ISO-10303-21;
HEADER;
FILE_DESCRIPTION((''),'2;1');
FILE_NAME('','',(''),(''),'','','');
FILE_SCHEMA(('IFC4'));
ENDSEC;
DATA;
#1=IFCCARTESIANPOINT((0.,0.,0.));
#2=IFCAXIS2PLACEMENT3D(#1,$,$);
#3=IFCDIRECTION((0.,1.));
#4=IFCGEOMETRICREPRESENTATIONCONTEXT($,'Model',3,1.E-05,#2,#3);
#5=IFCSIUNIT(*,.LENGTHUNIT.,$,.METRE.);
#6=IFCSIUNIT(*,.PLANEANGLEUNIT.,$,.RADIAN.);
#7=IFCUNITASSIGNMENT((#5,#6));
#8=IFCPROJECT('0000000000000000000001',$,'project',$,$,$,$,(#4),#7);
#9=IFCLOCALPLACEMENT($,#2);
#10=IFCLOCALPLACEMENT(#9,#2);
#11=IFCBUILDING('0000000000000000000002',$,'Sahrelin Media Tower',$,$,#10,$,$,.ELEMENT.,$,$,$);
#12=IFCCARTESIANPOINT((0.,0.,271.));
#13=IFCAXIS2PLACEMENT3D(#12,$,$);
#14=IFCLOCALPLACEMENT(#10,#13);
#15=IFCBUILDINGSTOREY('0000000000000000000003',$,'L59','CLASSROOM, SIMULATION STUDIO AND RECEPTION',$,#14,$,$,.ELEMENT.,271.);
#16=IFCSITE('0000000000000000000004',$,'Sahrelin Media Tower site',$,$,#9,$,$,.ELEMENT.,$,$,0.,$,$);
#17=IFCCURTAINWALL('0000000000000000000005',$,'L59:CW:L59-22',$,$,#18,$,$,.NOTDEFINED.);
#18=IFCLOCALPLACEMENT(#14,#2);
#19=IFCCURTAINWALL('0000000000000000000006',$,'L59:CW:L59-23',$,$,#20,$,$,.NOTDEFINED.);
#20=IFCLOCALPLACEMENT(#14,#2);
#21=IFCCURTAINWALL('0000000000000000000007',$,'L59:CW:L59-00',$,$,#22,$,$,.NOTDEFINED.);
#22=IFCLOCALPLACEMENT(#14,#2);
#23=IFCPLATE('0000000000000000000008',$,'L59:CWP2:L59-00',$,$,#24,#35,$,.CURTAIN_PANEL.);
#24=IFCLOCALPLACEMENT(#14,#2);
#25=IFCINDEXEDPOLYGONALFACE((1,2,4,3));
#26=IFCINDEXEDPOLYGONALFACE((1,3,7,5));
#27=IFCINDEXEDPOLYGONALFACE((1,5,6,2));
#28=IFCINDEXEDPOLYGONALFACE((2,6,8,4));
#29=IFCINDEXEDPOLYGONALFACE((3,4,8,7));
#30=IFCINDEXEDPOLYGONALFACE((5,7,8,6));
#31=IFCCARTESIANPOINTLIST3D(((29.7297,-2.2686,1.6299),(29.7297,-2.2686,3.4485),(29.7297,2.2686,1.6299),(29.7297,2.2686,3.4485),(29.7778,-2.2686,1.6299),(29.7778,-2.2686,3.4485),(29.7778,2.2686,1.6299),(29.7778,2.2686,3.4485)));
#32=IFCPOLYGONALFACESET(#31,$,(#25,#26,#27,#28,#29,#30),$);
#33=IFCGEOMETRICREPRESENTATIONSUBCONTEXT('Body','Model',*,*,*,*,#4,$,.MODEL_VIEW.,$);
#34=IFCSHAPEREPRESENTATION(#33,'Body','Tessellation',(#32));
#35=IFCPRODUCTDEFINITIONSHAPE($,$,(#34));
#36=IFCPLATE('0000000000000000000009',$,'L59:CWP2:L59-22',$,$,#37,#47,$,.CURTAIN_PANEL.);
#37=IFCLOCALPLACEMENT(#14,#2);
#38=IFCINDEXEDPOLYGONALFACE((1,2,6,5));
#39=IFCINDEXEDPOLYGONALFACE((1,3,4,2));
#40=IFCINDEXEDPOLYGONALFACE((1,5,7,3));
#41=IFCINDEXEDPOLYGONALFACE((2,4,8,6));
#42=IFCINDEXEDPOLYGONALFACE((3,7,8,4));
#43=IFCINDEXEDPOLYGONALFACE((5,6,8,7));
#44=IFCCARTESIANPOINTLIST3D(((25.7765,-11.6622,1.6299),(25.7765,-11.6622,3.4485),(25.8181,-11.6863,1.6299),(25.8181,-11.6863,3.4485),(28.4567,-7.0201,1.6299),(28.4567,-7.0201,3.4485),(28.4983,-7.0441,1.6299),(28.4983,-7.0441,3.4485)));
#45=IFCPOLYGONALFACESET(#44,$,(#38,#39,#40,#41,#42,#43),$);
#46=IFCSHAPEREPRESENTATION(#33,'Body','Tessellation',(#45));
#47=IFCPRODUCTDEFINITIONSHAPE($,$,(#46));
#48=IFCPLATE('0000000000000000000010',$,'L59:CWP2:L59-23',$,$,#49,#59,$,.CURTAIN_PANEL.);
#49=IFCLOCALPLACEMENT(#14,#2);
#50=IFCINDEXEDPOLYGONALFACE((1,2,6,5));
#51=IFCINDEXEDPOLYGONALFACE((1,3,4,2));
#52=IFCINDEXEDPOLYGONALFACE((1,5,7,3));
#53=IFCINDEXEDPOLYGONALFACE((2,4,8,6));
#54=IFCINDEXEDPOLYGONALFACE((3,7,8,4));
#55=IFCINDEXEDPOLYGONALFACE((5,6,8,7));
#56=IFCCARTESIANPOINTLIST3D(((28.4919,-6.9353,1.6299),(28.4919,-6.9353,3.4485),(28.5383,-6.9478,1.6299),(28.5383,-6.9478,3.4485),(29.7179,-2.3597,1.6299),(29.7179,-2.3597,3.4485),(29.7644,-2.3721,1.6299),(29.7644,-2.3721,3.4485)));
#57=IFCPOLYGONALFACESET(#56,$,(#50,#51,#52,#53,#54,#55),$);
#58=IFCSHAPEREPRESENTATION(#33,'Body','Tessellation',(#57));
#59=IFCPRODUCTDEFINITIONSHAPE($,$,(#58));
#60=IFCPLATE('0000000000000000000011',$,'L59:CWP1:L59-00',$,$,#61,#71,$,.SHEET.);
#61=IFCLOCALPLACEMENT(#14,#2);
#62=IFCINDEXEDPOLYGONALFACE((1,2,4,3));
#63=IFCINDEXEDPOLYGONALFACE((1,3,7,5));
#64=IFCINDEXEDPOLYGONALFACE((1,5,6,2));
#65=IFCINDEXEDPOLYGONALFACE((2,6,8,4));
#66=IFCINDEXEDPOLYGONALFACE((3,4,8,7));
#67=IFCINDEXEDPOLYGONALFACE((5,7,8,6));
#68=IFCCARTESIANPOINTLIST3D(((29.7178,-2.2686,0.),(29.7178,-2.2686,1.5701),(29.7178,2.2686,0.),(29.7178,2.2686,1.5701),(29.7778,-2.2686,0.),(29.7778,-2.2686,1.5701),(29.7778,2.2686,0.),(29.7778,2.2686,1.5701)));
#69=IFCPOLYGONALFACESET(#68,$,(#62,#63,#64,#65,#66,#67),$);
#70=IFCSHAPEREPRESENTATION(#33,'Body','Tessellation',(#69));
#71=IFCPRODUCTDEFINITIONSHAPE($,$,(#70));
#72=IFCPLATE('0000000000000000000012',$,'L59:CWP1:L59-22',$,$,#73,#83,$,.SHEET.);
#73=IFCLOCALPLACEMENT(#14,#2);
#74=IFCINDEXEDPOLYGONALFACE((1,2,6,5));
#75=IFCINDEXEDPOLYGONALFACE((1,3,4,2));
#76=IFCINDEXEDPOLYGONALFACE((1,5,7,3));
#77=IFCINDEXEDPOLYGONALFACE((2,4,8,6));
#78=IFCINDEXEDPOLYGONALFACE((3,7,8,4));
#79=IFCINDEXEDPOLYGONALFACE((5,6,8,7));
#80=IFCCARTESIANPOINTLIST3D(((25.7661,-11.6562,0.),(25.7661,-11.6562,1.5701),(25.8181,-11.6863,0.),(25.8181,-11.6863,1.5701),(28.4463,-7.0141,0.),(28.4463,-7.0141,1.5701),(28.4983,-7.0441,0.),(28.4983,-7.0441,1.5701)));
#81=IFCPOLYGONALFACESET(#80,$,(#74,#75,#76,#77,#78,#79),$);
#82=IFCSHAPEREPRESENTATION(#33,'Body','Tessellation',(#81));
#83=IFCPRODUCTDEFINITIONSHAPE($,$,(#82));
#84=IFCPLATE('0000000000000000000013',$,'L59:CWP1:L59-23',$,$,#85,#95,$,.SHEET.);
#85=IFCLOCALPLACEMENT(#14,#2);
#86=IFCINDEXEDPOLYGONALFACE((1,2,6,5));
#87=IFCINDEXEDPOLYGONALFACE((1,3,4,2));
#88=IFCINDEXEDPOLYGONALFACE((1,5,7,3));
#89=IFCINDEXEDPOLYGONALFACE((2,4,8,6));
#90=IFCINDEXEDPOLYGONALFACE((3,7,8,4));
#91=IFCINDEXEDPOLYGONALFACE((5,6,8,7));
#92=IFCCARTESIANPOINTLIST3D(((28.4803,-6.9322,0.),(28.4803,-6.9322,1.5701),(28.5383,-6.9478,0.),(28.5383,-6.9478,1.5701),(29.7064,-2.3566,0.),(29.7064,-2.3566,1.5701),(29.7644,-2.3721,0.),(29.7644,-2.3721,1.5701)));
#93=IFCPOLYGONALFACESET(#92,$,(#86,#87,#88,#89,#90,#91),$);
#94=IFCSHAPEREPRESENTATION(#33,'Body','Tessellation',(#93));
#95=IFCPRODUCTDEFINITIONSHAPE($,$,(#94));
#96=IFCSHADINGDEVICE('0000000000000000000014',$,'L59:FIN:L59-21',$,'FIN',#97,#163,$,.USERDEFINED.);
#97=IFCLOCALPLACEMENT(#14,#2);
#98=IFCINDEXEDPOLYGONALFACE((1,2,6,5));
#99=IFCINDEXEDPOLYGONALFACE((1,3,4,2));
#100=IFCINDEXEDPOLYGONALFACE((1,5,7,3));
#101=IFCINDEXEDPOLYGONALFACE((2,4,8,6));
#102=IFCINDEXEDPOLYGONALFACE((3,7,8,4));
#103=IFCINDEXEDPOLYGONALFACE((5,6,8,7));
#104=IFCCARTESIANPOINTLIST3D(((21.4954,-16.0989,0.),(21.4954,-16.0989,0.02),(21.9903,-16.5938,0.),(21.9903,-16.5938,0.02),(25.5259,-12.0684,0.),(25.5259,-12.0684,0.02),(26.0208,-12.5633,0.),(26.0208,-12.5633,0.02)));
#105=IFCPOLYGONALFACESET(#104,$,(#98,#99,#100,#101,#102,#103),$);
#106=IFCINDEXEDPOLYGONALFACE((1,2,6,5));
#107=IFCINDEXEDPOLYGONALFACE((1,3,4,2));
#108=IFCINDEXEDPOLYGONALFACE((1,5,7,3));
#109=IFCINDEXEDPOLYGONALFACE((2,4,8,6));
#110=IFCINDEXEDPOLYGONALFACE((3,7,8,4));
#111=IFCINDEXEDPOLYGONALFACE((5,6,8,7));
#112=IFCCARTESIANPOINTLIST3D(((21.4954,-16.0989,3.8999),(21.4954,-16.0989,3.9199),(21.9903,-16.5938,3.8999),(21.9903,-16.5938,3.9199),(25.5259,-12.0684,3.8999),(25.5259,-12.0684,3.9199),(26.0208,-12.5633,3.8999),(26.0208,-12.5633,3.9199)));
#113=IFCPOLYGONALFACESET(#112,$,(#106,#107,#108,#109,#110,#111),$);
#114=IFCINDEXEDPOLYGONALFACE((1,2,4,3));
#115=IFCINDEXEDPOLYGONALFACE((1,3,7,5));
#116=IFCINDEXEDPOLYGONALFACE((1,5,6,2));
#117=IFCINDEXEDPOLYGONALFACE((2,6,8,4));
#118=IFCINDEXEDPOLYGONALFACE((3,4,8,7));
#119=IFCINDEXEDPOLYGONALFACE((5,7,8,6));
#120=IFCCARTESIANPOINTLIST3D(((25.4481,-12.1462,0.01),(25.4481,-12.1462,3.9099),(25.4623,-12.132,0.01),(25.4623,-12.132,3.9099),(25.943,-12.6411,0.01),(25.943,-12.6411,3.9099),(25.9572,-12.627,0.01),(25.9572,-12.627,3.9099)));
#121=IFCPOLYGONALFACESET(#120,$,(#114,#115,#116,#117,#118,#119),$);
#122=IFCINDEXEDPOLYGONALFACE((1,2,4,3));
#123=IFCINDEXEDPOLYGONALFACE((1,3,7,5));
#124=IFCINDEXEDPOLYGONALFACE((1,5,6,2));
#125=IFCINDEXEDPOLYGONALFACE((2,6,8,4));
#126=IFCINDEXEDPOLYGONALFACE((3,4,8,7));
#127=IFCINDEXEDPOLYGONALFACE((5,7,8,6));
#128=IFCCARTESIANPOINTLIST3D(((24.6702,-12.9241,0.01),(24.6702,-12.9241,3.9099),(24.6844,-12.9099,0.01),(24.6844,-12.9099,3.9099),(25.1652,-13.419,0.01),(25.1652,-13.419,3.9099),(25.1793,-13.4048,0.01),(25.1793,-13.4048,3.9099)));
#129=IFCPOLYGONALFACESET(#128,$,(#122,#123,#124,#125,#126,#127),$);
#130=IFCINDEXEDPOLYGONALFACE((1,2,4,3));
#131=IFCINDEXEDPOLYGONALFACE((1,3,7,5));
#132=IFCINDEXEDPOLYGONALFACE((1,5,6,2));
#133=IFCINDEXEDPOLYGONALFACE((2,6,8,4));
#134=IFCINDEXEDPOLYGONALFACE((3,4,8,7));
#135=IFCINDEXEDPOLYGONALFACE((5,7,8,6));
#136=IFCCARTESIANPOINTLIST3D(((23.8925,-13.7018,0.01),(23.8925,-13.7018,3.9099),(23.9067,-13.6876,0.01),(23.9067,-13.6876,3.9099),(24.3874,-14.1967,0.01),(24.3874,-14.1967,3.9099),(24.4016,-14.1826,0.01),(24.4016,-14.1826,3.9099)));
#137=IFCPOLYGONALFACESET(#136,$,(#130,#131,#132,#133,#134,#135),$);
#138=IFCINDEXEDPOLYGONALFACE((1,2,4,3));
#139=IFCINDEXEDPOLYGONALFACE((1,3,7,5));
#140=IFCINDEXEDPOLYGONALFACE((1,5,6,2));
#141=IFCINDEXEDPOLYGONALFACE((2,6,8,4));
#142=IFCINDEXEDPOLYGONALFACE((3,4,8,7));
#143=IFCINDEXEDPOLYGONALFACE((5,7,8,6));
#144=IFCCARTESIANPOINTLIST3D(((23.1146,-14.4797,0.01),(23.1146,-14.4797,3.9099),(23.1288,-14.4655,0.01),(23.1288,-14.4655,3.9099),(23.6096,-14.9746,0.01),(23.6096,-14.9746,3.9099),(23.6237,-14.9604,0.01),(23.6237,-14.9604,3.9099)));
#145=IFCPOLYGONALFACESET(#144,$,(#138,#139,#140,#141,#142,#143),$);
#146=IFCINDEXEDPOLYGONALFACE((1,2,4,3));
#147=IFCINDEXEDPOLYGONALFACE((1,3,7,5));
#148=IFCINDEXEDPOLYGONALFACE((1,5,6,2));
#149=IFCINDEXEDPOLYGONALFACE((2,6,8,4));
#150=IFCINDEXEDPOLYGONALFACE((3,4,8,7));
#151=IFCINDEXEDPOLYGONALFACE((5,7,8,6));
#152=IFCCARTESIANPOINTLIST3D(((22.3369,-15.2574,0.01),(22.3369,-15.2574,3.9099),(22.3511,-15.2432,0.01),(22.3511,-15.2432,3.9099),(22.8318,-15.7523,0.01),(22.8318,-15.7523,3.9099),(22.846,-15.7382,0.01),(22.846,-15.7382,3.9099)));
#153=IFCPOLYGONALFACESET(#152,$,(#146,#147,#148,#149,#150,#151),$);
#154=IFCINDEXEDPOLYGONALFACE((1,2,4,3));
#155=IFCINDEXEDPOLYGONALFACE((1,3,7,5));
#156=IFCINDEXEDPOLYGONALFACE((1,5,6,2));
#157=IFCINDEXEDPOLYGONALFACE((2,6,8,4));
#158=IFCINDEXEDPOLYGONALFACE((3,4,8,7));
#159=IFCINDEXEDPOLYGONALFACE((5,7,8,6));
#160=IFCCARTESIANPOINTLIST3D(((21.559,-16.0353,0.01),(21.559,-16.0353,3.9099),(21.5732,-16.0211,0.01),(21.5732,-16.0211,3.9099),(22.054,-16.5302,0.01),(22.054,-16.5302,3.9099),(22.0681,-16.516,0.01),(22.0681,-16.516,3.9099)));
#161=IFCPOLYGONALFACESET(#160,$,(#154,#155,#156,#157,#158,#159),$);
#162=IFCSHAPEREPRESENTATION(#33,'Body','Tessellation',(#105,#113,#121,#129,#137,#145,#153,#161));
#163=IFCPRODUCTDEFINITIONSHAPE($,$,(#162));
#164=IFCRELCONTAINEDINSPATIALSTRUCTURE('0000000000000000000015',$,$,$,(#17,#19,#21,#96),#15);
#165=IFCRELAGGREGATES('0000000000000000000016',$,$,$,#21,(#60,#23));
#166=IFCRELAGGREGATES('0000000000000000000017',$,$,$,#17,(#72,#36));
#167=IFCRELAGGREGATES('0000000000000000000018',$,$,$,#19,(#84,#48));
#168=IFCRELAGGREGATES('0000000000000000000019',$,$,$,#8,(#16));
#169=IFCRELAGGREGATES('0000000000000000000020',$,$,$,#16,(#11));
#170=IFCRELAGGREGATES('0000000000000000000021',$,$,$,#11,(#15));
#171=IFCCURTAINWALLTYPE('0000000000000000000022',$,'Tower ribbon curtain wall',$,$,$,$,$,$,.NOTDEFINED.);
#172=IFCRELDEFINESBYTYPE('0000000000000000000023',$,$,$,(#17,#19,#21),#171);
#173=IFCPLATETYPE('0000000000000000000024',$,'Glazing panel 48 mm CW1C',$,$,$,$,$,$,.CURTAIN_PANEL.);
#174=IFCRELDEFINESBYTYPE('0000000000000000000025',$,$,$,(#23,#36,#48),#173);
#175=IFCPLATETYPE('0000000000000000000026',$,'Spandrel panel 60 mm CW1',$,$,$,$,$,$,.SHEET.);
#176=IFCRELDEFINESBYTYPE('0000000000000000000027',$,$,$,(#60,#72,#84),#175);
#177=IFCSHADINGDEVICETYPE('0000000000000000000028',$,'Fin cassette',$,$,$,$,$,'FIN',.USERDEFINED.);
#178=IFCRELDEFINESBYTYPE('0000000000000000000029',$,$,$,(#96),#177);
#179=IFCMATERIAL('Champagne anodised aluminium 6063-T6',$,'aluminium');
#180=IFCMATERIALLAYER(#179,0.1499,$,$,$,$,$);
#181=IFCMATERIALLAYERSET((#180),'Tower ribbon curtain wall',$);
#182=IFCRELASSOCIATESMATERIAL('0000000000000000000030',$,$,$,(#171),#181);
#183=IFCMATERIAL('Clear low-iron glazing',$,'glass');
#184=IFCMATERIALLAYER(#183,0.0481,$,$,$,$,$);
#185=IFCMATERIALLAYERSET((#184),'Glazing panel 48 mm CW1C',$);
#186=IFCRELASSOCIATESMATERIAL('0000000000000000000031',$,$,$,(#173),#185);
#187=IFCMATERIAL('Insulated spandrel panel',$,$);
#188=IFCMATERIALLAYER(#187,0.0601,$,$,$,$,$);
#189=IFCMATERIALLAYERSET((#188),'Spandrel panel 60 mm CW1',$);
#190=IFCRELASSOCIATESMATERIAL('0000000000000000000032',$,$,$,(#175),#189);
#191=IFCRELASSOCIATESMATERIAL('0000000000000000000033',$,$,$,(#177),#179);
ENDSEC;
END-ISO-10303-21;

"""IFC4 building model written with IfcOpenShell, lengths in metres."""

from ifc_helpers import new_model, si_unit, direction, frame, origin, origin_2d, place, context, subcontext, project, spatial, polyline, rectangle, outline, extrude, material, layer, layer_set, type_object, element, aggregate, save


model = new_model("IFC4")

# Units and contexts
model_context = context("Model", 3, precision=1e-05, world=origin(), true_north=direction((0.0, 1.0)))
body_context = subcontext(model_context, "Body", "Model", "MODEL_VIEW")
ifc_project = project(units=[si_unit("LENGTHUNIT", "METRE"), si_unit("PLANEANGLEUNIT", "RADIAN")], contexts=[model_context])

# Site, building, storey
site_placement = place(None, origin())
site = spatial("IfcSite", under=ifc_project, at=site_placement, Name="Sahrelin Media Tower site", CompositionType="ELEMENT", RefElevation=0.0)
building_placement = place(site_placement, origin())
building = spatial("IfcBuilding", under=site, at=building_placement, Name="Sahrelin Media Tower", CompositionType="ELEMENT")
storey_placement = place(building_placement, frame((0.0, 0.0, 271.0)))
storey = spatial("IfcBuildingStorey", under=building, at=storey_placement, Name="L59", Description="CLASSROOM, SIMULATION STUDIO AND RECEPTION", CompositionType="ELEMENT", Elevation=271.0)

# Curtain walls
ifc_material_1 = material(Name="Champagne anodised aluminium 6063-T6", Category="aluminium")
ifc_layer_1 = layer(ifc_material_1, 0.1499)
ifc_layer_set_1 = layer_set([ifc_layer_1], Name="Tower ribbon curtain wall")
curtain_wall_type = type_object("IfcCurtainWallType", Name="Tower ribbon curtain wall", PredefinedType="NOTDEFINED", material=ifc_layer_set_1)
curtain_wall_1_placement = place(storey_placement, frame((27.1411, -9.3552, 0.0), z_axis=(0.0, 0.0, 1.0), x_axis=(1.0, 0.0, 0.0)))
curtain_wall_1 = element("IfcCurtainWall", 1, at=curtain_wall_1_placement, inside=storey, type_object=curtain_wall_type, Name="L59:CW:L59-22", PredefinedType="NOTDEFINED")
curtain_wall_2_placement = place(storey_placement, frame((29.1321, -4.6548, 0.0), z_axis=(0.0, 0.0, 1.0), x_axis=(1.0, 0.0, 0.0)))
curtain_wall_2 = element("IfcCurtainWall", 2, at=curtain_wall_2_placement, inside=storey, type_object=curtain_wall_type, Name="L59:CW:L59-23", PredefinedType="NOTDEFINED")

# Curtain wall
curtain_wall_3_placement = place(storey_placement, frame((29.7578, 0.0, 0.0), z_axis=(0.0, 0.0, 1.0), x_axis=(1.0, 0.0, 0.0)))
curtain_wall_3 = element("IfcCurtainWall", 3, at=curtain_wall_3_placement, inside=storey, type_object=curtain_wall_type, Name="L59:CW:L59-00", PredefinedType="NOTDEFINED")

# Plates
ifc_material_2 = material(Name="Clear low-iron glazing", Category="glass")
ifc_layer_2 = layer(ifc_material_2, 0.0481)
ifc_layer_set_2 = layer_set([ifc_layer_2], Name="Glazing panel 48 mm CW1C")
plate_type_1 = type_object("IfcPlateType", Name="Glazing panel 48 mm CW1C", PredefinedType="CURTAIN_PANEL", material=ifc_layer_set_2)
plate_1_placement = place(storey_placement, frame((29.7778, -2.2686, 1.6299), z_axis=(1.0, 0.0, 0.0), x_axis=(0.0, 1.0, 0.0)))
plate_1 = element("IfcPlate", 4, at=plate_1_placement, type_object=plate_type_1, Name="L59:CWP2:L59-00", PredefinedType="CURTAIN_PANEL", context=body_context, shape_type="SweptSolid", body=[
    extrude(outline(polyline([(0.0, 0.0), (4.5371, 0.0), (4.5371, 1.8186), (0.0, 1.8186), (0.0, 0.0)])), origin(), (0.0, 0.0, -1.0), 0.0481),
])
plate_2_placement = place(storey_placement, frame((25.8181, -11.6863, 1.6299), z_axis=(0.86602, -0.500009, 0.0), x_axis=(0.500009, 0.86602, 0.0)))
plate_2 = element("IfcPlate", 5, at=plate_2_placement, type_object=plate_type_1, Name="L59:CWP2:L59-22", PredefinedType="CURTAIN_PANEL", context=body_context, shape_type="SweptSolid", body=[
    extrude(outline(polyline([(0.0, 0.0), (5.3604, 0.0), (5.3604, 1.8186), (0.0, 1.8186), (0.0, 0.0)])), origin(), (0.0, 0.0, -1.0), 0.0481),
])
plate_3_placement = place(storey_placement, frame((28.5383, -6.9478, 1.6299), z_axis=(0.965925, -0.258824, 0.0), x_axis=(0.258824, 0.965925, 0.0)))
plate_3 = element("IfcPlate", 6, at=plate_3_placement, type_object=plate_type_1, Name="L59:CWP2:L59-23", PredefinedType="CURTAIN_PANEL", context=body_context, shape_type="SweptSolid", body=[
    extrude(outline(polyline([(0.0, 0.0), (4.7371, 0.0), (4.7371, 1.8186), (0.0, 1.8186), (0.0, 0.0)])), origin(), (0.0, 0.0, -1.0), 0.0481),
])
ifc_material_3 = material(Name="Insulated spandrel panel")
ifc_layer_3 = layer(ifc_material_3, 0.0601)
ifc_layer_set_3 = layer_set([ifc_layer_3], Name="Spandrel panel 60 mm CW1")
plate_type_2 = type_object("IfcPlateType", Name="Spandrel panel 60 mm CW1", PredefinedType="SHEET", material=ifc_layer_set_3)
plate_4_placement = place(storey_placement, frame((29.7778, -2.2686, 0.0), z_axis=(1.0, 0.0, 0.0), x_axis=(0.0, 1.0, 0.0)))
plate_4 = element("IfcPlate", 7, at=plate_4_placement, type_object=plate_type_2, Name="L59:CWP1:L59-00", PredefinedType="SHEET", context=body_context, shape_type="SweptSolid", body=[
    extrude(outline(polyline([(0.0, 0.0), (4.5371, 0.0), (4.5371, 1.5701), (0.0, 1.5701), (0.0, 0.0)])), origin(), (0.0, 0.0, -1.0), 0.0601),
])
aggregate(curtain_wall_3, [plate_4, plate_1])
plate_5_placement = place(storey_placement, frame((25.8181, -11.6863, 0.0), z_axis=(0.86602, -0.500009, 0.0), x_axis=(0.500009, 0.86602, 0.0)))
plate_5 = element("IfcPlate", 8, at=plate_5_placement, type_object=plate_type_2, Name="L59:CWP1:L59-22", PredefinedType="SHEET", context=body_context, shape_type="SweptSolid", body=[
    extrude(outline(polyline([(0.0, 0.0), (5.3604, 0.0), (5.3604, 1.5701), (0.0, 1.5701), (0.0, 0.0)])), origin(), (0.0, 0.0, -1.0), 0.0601),
])
aggregate(curtain_wall_1, [plate_5, plate_2])
plate_6_placement = place(storey_placement, frame((28.5383, -6.9478, 0.0), z_axis=(0.965925, -0.258824, 0.0), x_axis=(0.258824, 0.965925, 0.0)))
plate_6 = element("IfcPlate", 9, at=plate_6_placement, type_object=plate_type_2, Name="L59:CWP1:L59-23", PredefinedType="SHEET", context=body_context, shape_type="SweptSolid", body=[
    extrude(outline(polyline([(0.0, 0.0), (4.7371, 0.0), (4.7371, 1.5701), (0.0, 1.5701), (0.0, 0.0)])), origin(), (0.0, 0.0, -1.0), 0.0601),
])
aggregate(curtain_wall_2, [plate_6, plate_3])

# Shading device
shading_device_type_1 = type_object("IfcShadingDeviceType", Name="Fin cassette", ElementType="FIN", PredefinedType="USERDEFINED", material=ifc_material_1)
shading_device_1_placement = place(storey_placement, frame((23.4612, -14.0342, 0.0), z_axis=(0.0, 0.0, 1.0), x_axis=(-0.707107, -0.707107, 0.0)))
element("IfcShadingDevice", 10, at=shading_device_1_placement, inside=storey, type_object=shading_device_type_1, Name="L59:FIN:L59-21", ObjectType="FIN", PredefinedType="USERDEFINED", context=body_context, shape_type="SweptSolid", body=[
    extrude(rectangle(XDim=5.7, YDim=0.7, at=origin_2d()), frame((0.0, 0.4199, 0.0)), (0.0, 0.0, 1.0), 0.02),
    extrude(rectangle(XDim=5.7, YDim=0.7, at=origin_2d()), frame((0.0, 0.4199, 3.8999)), (0.0, 0.0, 1.0), 0.02),
    extrude(rectangle(XDim=0.02, YDim=0.7, at=origin_2d()), frame((-2.75, 0.4199, 0.01), z_axis=(0.0, 0.0, 1.0), x_axis=(1.0, 0.0, 0.0)), (0.0, 0.0, 1.0), 3.8999),
    extrude(rectangle(XDim=0.02, YDim=0.7, at=origin_2d()), frame((-1.6499, 0.4199, 0.01), z_axis=(0.0, 0.0, 1.0), x_axis=(1.0, 0.0, 0.0)), (0.0, 0.0, 1.0), 3.8999),
    extrude(rectangle(XDim=0.02, YDim=0.7, at=origin_2d()), frame((-0.55, 0.4199, 0.01), z_axis=(0.0, 0.0, 1.0), x_axis=(1.0, 0.0, 0.0)), (0.0, 0.0, 1.0), 3.8999),
    extrude(rectangle(XDim=0.02, YDim=0.7, at=origin_2d()), frame((0.55, 0.4199, 0.01), z_axis=(0.0, 0.0, 1.0), x_axis=(1.0, 0.0, 0.0)), (0.0, 0.0, 1.0), 3.8999),
    extrude(rectangle(XDim=0.02, YDim=0.7, at=origin_2d()), frame((1.6499, 0.4199, 0.01), z_axis=(0.0, 0.0, 1.0), x_axis=(1.0, 0.0, 0.0)), (0.0, 0.0, 1.0), 3.8999),
    extrude(rectangle(XDim=0.02, YDim=0.7, at=origin_2d()), frame((2.75, 0.4199, 0.01), z_axis=(0.0, 0.0, 1.0), x_axis=(1.0, 0.0, 0.0)), (0.0, 0.0, 1.0), 3.8999),
])

save(model, "model.ifc")
